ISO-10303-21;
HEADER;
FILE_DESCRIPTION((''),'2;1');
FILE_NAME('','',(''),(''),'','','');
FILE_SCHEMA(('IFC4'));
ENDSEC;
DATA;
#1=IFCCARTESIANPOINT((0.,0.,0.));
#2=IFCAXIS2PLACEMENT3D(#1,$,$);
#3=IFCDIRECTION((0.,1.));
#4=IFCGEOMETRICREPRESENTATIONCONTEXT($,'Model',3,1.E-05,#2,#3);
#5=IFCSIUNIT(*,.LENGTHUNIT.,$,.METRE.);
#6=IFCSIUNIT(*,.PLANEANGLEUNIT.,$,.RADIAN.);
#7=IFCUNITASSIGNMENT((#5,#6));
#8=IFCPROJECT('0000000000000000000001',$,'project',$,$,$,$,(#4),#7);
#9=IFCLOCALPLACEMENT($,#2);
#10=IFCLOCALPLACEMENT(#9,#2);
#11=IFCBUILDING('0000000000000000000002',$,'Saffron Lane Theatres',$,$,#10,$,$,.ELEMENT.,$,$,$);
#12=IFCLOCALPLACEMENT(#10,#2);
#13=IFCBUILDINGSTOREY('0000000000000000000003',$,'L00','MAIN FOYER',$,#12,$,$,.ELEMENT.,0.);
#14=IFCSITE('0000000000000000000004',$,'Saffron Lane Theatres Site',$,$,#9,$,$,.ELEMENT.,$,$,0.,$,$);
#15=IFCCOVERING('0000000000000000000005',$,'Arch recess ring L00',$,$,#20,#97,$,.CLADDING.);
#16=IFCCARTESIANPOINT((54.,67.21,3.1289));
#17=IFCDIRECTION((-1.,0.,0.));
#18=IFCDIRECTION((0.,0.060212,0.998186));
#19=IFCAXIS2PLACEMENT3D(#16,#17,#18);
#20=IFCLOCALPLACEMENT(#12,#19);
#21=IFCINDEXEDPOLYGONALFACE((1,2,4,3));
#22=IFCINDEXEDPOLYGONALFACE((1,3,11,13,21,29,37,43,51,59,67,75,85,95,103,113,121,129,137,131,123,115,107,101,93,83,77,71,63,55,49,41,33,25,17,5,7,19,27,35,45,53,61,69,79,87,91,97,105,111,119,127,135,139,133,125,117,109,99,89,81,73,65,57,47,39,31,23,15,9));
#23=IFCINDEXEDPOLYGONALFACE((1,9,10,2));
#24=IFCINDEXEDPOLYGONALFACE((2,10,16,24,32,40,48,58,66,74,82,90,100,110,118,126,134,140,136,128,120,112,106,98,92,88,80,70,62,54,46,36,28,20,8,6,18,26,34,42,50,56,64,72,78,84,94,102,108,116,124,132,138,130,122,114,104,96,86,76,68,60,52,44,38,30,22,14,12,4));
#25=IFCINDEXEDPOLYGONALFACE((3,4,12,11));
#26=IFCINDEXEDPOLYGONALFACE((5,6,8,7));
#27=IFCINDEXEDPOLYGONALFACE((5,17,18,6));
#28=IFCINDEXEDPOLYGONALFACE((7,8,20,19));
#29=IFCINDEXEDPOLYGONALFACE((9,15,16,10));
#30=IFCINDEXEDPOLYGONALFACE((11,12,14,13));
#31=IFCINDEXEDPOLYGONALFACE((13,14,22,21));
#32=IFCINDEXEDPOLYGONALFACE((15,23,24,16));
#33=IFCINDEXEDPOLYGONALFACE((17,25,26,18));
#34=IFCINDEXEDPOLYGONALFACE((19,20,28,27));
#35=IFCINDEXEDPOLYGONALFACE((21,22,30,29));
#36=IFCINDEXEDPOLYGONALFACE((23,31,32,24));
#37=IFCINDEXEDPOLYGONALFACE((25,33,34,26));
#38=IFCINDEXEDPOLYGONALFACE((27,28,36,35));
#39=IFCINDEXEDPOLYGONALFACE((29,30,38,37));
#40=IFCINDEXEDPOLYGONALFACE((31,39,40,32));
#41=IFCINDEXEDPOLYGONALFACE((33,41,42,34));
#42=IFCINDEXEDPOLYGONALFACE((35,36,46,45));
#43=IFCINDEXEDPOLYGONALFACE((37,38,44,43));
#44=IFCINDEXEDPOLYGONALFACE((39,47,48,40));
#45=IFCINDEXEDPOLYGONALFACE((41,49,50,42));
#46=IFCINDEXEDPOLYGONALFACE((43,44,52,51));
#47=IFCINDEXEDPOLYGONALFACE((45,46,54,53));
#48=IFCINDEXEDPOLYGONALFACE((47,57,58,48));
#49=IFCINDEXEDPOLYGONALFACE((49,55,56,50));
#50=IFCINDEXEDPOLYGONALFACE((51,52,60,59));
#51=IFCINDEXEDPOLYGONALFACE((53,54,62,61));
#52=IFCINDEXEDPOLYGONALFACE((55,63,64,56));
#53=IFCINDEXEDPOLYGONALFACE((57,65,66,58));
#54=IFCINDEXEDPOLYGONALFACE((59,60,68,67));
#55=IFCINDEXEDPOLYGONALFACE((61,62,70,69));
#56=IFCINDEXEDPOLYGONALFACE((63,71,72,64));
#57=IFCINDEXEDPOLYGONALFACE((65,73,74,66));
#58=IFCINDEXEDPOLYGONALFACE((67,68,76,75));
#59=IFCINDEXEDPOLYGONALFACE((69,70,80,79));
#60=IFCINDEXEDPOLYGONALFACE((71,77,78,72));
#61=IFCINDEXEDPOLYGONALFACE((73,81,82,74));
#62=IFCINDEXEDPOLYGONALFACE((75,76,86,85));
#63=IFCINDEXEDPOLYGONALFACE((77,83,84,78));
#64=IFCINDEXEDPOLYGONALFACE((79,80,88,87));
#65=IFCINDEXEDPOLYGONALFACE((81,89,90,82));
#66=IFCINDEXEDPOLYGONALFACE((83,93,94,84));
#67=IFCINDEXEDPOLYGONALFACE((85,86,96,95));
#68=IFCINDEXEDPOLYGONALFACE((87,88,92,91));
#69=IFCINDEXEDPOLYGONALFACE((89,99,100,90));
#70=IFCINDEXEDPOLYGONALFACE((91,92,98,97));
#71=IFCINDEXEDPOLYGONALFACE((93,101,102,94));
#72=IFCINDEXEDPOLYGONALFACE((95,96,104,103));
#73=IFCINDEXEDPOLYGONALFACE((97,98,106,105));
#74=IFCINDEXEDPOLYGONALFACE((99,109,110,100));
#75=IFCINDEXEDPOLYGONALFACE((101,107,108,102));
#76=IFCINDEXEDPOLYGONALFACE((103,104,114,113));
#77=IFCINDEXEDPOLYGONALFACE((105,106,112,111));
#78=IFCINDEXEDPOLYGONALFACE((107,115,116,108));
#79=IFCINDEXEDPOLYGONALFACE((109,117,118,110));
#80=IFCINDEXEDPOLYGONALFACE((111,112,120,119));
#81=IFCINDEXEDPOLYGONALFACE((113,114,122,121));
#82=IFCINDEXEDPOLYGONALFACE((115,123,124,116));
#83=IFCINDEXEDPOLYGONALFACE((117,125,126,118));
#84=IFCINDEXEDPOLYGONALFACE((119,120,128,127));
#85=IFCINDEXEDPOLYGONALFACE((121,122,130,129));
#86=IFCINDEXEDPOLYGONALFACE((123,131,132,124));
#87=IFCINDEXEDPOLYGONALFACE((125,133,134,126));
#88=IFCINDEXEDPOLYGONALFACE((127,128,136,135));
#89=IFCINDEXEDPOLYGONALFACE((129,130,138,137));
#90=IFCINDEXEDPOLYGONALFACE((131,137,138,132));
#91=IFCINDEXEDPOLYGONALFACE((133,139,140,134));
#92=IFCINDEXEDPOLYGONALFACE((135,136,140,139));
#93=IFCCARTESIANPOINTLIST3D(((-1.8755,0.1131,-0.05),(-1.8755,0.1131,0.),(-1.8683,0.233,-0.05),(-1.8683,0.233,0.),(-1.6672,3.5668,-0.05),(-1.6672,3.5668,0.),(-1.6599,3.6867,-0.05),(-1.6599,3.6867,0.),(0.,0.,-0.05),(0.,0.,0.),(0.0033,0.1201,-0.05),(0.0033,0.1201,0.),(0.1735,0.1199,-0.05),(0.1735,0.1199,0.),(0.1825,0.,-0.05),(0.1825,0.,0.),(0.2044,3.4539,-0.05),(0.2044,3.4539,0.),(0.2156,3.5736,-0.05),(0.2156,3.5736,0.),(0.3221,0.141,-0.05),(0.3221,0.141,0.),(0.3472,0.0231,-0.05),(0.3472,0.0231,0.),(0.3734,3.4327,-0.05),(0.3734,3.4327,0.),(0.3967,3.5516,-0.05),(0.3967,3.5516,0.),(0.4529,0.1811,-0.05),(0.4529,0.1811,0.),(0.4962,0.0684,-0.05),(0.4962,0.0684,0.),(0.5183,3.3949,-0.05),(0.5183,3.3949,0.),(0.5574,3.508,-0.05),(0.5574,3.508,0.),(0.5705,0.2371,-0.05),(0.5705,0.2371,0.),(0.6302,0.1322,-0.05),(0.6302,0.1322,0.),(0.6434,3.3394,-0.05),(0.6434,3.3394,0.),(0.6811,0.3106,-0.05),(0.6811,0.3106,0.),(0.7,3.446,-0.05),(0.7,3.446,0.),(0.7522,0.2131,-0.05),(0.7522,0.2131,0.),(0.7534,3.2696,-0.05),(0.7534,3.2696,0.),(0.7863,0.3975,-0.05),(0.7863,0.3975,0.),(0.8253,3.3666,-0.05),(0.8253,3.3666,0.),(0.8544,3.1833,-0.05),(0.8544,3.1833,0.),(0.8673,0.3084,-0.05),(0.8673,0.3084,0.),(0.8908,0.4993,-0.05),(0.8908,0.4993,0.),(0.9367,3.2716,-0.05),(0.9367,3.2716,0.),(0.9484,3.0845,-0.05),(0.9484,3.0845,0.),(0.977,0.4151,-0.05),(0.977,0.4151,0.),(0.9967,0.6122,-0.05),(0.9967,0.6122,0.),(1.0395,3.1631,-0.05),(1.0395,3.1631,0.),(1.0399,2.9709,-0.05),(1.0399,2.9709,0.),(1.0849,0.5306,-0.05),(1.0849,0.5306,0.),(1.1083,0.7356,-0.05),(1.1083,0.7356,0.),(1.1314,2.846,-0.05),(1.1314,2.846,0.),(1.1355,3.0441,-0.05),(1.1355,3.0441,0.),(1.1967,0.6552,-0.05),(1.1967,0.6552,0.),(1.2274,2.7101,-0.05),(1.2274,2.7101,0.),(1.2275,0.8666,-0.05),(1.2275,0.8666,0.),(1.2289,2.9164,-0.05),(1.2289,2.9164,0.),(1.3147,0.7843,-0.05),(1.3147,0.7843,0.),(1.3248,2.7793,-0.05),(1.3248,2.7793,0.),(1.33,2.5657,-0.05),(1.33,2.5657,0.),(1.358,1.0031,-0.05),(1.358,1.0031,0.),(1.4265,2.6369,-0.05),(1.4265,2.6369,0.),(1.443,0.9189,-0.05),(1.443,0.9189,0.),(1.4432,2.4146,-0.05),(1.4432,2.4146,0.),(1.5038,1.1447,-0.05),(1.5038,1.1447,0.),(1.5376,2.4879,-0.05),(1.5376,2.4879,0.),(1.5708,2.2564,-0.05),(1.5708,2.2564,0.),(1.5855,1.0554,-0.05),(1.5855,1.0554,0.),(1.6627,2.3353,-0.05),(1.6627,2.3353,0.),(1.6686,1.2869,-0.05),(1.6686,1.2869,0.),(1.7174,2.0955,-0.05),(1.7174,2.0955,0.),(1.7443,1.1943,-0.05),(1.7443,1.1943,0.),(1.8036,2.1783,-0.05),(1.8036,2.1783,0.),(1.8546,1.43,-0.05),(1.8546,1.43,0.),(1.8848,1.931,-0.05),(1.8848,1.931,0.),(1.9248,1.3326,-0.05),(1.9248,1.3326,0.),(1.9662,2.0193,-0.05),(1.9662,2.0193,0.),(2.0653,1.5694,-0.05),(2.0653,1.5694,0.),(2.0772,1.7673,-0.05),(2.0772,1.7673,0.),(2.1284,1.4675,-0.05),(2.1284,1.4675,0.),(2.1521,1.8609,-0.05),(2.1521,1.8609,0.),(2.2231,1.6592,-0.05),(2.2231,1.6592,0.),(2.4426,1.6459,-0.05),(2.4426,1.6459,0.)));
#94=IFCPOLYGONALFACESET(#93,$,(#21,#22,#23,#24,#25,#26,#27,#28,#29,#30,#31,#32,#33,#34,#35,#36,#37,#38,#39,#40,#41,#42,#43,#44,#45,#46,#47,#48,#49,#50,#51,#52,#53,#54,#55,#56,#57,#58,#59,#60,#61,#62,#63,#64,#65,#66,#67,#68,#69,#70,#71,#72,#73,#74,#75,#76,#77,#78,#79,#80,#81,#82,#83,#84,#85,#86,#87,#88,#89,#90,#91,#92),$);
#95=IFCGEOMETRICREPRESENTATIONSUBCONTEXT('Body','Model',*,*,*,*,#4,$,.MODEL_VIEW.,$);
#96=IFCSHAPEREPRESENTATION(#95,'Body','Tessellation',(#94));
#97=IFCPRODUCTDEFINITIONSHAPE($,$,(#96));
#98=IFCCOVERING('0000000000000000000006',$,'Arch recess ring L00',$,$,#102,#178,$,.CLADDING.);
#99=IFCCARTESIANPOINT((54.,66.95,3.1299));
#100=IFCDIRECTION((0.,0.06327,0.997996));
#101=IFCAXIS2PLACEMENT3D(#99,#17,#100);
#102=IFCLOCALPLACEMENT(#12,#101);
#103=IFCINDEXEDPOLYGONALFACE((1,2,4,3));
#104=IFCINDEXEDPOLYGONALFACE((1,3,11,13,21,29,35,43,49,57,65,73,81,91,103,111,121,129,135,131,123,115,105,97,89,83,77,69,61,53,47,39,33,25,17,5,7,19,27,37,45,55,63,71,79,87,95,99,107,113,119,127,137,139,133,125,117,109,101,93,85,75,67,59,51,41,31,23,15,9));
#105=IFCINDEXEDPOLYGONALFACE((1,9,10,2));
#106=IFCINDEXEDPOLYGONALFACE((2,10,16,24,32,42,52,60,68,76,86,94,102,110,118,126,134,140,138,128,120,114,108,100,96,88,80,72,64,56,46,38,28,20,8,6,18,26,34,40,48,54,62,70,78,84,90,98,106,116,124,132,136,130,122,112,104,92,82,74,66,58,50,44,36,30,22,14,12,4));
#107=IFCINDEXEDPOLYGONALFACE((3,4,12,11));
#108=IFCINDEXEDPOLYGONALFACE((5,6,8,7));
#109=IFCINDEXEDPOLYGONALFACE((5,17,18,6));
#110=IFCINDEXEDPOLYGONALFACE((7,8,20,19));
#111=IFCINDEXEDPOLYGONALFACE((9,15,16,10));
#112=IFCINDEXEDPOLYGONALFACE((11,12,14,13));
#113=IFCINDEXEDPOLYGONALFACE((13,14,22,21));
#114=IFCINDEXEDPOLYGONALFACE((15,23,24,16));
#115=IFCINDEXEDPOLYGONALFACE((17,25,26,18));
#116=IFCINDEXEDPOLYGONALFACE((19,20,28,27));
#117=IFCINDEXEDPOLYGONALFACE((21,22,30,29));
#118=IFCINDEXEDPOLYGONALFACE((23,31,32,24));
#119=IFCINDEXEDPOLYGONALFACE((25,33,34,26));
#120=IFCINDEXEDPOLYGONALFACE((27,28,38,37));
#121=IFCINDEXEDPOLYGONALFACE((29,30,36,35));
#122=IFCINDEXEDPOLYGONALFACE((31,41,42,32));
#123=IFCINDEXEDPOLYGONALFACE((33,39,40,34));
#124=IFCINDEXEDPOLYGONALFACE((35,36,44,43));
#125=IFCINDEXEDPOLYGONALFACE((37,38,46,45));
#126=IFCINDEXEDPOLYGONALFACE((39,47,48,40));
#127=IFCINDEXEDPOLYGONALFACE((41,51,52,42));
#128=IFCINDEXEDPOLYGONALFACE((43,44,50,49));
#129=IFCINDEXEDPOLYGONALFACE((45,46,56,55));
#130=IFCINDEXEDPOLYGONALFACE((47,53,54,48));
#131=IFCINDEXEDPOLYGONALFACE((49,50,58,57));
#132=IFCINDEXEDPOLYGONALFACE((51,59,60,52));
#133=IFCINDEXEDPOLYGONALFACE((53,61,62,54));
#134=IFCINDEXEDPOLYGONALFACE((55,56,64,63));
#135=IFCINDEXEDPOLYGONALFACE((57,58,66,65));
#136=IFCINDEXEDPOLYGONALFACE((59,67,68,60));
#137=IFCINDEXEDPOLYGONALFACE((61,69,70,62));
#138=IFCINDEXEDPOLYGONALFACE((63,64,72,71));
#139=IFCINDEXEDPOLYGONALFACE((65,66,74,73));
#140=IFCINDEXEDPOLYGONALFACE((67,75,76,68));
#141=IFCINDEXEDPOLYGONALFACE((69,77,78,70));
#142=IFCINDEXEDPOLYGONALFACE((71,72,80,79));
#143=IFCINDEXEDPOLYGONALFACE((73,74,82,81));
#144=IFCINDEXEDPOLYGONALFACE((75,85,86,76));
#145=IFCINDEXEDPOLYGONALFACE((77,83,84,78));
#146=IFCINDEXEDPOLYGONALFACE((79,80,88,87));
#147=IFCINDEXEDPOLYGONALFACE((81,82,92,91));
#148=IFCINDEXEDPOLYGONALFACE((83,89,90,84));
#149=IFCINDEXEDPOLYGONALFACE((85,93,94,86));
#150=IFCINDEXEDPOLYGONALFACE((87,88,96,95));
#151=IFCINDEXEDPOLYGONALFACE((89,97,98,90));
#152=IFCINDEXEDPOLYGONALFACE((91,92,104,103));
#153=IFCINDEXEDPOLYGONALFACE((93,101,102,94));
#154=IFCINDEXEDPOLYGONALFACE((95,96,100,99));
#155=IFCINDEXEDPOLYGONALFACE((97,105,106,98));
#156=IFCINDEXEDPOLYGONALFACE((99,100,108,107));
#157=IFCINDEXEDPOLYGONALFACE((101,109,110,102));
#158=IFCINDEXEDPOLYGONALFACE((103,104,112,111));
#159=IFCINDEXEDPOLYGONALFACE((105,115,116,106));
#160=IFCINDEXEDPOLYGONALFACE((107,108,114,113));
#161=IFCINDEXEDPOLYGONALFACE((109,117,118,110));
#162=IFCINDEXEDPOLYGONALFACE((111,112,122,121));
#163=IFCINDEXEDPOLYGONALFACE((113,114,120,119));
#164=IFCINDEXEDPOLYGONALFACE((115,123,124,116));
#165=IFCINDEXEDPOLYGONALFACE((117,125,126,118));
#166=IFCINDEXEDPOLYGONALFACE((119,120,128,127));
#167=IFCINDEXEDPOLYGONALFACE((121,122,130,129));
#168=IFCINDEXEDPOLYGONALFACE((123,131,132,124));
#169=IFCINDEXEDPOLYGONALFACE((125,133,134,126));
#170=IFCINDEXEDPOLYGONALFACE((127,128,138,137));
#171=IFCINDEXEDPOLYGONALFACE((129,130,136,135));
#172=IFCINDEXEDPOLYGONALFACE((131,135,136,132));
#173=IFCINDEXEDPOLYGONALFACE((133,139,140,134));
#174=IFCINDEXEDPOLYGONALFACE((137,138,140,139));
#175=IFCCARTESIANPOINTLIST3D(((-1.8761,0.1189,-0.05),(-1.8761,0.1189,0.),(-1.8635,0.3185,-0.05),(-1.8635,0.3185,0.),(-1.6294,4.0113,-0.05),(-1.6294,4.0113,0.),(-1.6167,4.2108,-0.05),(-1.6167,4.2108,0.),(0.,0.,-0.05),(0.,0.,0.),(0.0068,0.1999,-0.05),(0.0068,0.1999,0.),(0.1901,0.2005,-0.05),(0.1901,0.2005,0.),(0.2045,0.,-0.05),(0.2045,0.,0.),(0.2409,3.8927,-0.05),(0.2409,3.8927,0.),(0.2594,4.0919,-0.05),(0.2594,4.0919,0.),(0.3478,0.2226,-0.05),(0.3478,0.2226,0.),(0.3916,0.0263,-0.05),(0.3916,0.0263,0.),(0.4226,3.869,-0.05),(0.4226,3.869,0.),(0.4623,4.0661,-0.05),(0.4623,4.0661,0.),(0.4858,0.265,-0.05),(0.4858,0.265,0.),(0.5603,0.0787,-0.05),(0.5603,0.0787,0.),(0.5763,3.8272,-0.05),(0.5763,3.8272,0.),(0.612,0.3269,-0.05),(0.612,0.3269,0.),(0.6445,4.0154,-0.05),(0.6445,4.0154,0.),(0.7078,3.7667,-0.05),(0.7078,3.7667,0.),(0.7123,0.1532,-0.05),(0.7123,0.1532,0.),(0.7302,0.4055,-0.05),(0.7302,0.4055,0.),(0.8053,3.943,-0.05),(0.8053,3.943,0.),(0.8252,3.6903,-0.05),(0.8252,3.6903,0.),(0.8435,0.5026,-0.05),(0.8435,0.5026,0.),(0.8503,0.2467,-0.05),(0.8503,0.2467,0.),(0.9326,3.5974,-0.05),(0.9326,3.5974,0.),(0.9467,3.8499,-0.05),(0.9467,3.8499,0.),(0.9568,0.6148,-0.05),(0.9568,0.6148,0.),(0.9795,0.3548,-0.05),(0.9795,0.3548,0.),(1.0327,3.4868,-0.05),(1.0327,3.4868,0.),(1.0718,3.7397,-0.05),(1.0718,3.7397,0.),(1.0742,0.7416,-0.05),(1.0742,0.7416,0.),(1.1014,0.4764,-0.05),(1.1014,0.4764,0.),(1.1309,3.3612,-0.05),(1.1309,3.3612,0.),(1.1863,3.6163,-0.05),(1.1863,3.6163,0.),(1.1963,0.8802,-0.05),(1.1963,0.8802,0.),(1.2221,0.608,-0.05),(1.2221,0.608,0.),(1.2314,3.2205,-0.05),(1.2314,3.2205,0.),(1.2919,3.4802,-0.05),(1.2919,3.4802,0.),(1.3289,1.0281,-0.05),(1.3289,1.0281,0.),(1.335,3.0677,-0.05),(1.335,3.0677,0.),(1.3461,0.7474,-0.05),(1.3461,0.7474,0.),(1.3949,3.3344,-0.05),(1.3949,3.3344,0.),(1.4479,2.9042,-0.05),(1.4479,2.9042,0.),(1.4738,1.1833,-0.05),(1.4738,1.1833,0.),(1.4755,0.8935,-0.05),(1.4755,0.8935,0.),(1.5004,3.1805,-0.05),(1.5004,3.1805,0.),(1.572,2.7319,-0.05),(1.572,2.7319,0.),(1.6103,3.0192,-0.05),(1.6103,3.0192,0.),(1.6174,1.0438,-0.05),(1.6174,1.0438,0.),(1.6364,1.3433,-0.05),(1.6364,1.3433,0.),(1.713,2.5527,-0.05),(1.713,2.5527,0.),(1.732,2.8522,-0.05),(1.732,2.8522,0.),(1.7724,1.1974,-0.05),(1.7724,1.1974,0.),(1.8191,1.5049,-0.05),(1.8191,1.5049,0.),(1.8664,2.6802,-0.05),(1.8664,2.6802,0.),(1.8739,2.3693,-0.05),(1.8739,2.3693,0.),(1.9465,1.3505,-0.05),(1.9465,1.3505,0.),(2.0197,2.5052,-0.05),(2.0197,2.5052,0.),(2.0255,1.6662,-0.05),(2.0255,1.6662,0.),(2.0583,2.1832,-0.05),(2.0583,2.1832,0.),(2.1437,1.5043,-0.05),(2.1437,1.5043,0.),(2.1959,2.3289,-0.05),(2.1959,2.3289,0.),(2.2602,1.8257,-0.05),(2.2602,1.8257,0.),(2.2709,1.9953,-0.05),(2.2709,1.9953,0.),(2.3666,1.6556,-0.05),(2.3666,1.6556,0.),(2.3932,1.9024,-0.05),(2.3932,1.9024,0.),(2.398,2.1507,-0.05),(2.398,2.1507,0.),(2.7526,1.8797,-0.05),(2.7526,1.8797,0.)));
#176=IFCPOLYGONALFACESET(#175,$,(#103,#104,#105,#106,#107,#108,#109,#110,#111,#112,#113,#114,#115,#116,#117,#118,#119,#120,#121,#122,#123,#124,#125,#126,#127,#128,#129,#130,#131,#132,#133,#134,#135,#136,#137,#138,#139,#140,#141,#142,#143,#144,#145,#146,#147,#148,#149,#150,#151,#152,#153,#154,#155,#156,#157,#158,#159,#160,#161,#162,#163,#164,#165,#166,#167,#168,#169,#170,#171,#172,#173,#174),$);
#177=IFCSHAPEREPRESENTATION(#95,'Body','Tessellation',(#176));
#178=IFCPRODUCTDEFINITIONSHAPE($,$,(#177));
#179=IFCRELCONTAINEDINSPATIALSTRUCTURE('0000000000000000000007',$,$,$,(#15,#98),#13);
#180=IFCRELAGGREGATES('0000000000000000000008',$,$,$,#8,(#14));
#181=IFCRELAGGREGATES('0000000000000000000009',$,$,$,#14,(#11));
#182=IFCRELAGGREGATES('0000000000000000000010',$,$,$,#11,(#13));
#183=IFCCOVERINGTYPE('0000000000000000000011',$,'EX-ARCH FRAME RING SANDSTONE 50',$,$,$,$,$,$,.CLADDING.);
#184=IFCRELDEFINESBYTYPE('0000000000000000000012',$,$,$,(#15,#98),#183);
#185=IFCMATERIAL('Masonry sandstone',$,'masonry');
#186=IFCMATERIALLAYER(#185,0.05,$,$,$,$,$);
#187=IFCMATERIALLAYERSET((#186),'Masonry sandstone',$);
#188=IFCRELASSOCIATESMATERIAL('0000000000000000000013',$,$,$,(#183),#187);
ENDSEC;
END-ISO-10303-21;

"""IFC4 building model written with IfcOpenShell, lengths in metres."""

from ifc_helpers import new_model, si_unit, direction, frame, origin, place, context, subcontext, project, spatial, polyline, outline, extrude, material, layer, layer_set, type_object, element, save


model = new_model("IFC4")

# Units and contexts
model_context = context("Model", 3, precision=1e-05, world=origin(), true_north=direction((0.0, 1.0)))
body_context = subcontext(model_context, "Body", "Model", "MODEL_VIEW")
ifc_project = project(units=[si_unit("LENGTHUNIT", "METRE"), si_unit("PLANEANGLEUNIT", "RADIAN")], contexts=[model_context])

# Site, building, storey
site_placement = place(None, origin())
site = spatial("IfcSite", under=ifc_project, at=site_placement, Name="Saffron Lane Theatres Site", CompositionType="ELEMENT", RefElevation=0.0)
building_placement = place(site_placement, origin())
building = spatial("IfcBuilding", under=site, at=building_placement, Name="Saffron Lane Theatres", CompositionType="ELEMENT")
storey_placement = place(building_placement, origin())
storey = spatial("IfcBuildingStorey", under=building, at=storey_placement, Name="L00", Description="MAIN FOYER", CompositionType="ELEMENT", Elevation=0.0)

# Coverings
ifc_material_1 = material(Name="Masonry sandstone", Category="masonry")
ifc_layer_1 = layer(ifc_material_1, 0.05)
ifc_layer_set_1 = layer_set([ifc_layer_1], Name="Masonry sandstone")
covering_type_1 = type_object("IfcCoveringType", Name="EX-ARCH FRAME RING SANDSTONE 50", PredefinedType="CLADDING", material=ifc_layer_set_1)
covering_1_placement = place(storey_placement, frame((54.0, 67.21, 3.1289), z_axis=(-1.0, 0.0, 0.0), x_axis=(0.0, 0.060212, 0.998186)))
element("IfcCovering", 1, at=covering_1_placement, inside=storey, type_object=covering_type_1, Name="Arch recess ring L00", PredefinedType="CLADDING", context=body_context, shape_type="SweptSolid", body=[
    extrude(outline(polyline([(0.0, 0.0), (0.1825, 0.0), (0.3472, 0.0231), (0.4962, 0.0684), (0.6302, 0.1322), (0.7522, 0.2131), (0.8673, 0.3084), (0.977, 0.4151), (1.0849, 0.5306), (1.1967, 0.6552), (1.3147, 0.7843), (1.443, 0.9189), (1.5855, 1.0554), (1.7443, 1.1943), (1.9248, 1.3326), (2.1284, 1.4675), (2.4426, 1.6459), (2.1521, 1.8609), (1.9662, 2.0193), (1.8036, 2.1783), (1.6627, 2.3353), (1.5376, 2.4879), (1.4265, 2.6369), (1.3248, 2.7793), (1.2289, 2.9164), (1.1355, 3.0441), (1.0395, 3.1631), (0.9367, 3.2716), (0.8253, 3.3666), (0.7, 3.446), (0.5574, 3.508), (0.3967, 3.5516), (0.2156, 3.5736), (-1.6599, 3.6867), (-1.6672, 3.5668), (0.2044, 3.4539), (0.3734, 3.4327), (0.5183, 3.3949), (0.6434, 3.3394), (0.7534, 3.2696), (0.8544, 3.1833), (0.9484, 3.0845), (1.0399, 2.9709), (1.1314, 2.846), (1.2274, 2.7101), (1.33, 2.5657), (1.4432, 2.4146), (1.5708, 2.2564), (1.7174, 2.0955), (1.8848, 1.931), (2.0772, 1.7673), (2.2231, 1.6592), (2.0653, 1.5694), (1.8546, 1.43), (1.6686, 1.2869), (1.5038, 1.1447), (1.358, 1.0031), (1.2275, 0.8666), (1.1083, 0.7356), (0.9967, 0.6122), (0.8908, 0.4993), (0.7863, 0.3975), (0.6811, 0.3106), (0.5705, 0.2371), (0.4529, 0.1811), (0.3221, 0.141), (0.1735, 0.1199), (0.0033, 0.1201), (-1.8683, 0.233), (-1.8755, 0.1131), (0.0, 0.0)])), origin(), (0.0, 0.0, -1.0), 0.05),
])
covering_2_placement = place(storey_placement, frame((54.0, 66.95, 3.1299), z_axis=(-1.0, 0.0, 0.0), x_axis=(0.0, 0.06327, 0.997996)))
element("IfcCovering", 2, at=covering_2_placement, inside=storey, type_object=covering_type_1, Name="Arch recess ring L00", PredefinedType="CLADDING", context=body_context, shape_type="SweptSolid", body=[
    extrude(outline(polyline([(0.0, 0.0), (0.2045, 0.0), (0.3916, 0.0263), (0.5603, 0.0787), (0.7123, 0.1532), (0.8503, 0.2467), (0.9795, 0.3548), (1.1014, 0.4764), (1.2221, 0.608), (1.3461, 0.7474), (1.4755, 0.8935), (1.6174, 1.0438), (1.7724, 1.1974), (1.9465, 1.3505), (2.1437, 1.5043), (2.3666, 1.6556), (2.7526, 1.8797), (2.398, 2.1507), (2.1959, 2.3289), (2.0197, 2.5052), (1.8664, 2.6802), (1.732, 2.8522), (1.6103, 3.0192), (1.5004, 3.1805), (1.3949, 3.3344), (1.2919, 3.4802), (1.1863, 3.6163), (1.0718, 3.7397), (0.9467, 3.8499), (0.8053, 3.943), (0.6445, 4.0154), (0.4623, 4.0661), (0.2594, 4.0919), (-1.6167, 4.2108), (-1.6294, 4.0113), (0.2409, 3.8927), (0.4226, 3.869), (0.5763, 3.8272), (0.7078, 3.7667), (0.8252, 3.6903), (0.9326, 3.5974), (1.0327, 3.4868), (1.1309, 3.3612), (1.2314, 3.2205), (1.335, 3.0677), (1.4479, 2.9042), (1.572, 2.7319), (1.713, 2.5527), (1.8739, 2.3693), (2.0583, 2.1832), (2.2709, 1.9953), (2.3932, 1.9024), (2.2602, 1.8257), (2.0255, 1.6662), (1.8191, 1.5049), (1.6364, 1.3433), (1.4738, 1.1833), (1.3289, 1.0281), (1.1963, 0.8802), (1.0742, 0.7416), (0.9568, 0.6148), (0.8435, 0.5026), (0.7302, 0.4055), (0.612, 0.3269), (0.4858, 0.265), (0.3478, 0.2226), (0.1901, 0.2005), (0.0068, 0.1999), (-1.8635, 0.3185), (-1.8761, 0.1189), (0.0, 0.0)])), origin(), (0.0, 0.0, -1.0), 0.05),
])

save(model, "model.ifc")
